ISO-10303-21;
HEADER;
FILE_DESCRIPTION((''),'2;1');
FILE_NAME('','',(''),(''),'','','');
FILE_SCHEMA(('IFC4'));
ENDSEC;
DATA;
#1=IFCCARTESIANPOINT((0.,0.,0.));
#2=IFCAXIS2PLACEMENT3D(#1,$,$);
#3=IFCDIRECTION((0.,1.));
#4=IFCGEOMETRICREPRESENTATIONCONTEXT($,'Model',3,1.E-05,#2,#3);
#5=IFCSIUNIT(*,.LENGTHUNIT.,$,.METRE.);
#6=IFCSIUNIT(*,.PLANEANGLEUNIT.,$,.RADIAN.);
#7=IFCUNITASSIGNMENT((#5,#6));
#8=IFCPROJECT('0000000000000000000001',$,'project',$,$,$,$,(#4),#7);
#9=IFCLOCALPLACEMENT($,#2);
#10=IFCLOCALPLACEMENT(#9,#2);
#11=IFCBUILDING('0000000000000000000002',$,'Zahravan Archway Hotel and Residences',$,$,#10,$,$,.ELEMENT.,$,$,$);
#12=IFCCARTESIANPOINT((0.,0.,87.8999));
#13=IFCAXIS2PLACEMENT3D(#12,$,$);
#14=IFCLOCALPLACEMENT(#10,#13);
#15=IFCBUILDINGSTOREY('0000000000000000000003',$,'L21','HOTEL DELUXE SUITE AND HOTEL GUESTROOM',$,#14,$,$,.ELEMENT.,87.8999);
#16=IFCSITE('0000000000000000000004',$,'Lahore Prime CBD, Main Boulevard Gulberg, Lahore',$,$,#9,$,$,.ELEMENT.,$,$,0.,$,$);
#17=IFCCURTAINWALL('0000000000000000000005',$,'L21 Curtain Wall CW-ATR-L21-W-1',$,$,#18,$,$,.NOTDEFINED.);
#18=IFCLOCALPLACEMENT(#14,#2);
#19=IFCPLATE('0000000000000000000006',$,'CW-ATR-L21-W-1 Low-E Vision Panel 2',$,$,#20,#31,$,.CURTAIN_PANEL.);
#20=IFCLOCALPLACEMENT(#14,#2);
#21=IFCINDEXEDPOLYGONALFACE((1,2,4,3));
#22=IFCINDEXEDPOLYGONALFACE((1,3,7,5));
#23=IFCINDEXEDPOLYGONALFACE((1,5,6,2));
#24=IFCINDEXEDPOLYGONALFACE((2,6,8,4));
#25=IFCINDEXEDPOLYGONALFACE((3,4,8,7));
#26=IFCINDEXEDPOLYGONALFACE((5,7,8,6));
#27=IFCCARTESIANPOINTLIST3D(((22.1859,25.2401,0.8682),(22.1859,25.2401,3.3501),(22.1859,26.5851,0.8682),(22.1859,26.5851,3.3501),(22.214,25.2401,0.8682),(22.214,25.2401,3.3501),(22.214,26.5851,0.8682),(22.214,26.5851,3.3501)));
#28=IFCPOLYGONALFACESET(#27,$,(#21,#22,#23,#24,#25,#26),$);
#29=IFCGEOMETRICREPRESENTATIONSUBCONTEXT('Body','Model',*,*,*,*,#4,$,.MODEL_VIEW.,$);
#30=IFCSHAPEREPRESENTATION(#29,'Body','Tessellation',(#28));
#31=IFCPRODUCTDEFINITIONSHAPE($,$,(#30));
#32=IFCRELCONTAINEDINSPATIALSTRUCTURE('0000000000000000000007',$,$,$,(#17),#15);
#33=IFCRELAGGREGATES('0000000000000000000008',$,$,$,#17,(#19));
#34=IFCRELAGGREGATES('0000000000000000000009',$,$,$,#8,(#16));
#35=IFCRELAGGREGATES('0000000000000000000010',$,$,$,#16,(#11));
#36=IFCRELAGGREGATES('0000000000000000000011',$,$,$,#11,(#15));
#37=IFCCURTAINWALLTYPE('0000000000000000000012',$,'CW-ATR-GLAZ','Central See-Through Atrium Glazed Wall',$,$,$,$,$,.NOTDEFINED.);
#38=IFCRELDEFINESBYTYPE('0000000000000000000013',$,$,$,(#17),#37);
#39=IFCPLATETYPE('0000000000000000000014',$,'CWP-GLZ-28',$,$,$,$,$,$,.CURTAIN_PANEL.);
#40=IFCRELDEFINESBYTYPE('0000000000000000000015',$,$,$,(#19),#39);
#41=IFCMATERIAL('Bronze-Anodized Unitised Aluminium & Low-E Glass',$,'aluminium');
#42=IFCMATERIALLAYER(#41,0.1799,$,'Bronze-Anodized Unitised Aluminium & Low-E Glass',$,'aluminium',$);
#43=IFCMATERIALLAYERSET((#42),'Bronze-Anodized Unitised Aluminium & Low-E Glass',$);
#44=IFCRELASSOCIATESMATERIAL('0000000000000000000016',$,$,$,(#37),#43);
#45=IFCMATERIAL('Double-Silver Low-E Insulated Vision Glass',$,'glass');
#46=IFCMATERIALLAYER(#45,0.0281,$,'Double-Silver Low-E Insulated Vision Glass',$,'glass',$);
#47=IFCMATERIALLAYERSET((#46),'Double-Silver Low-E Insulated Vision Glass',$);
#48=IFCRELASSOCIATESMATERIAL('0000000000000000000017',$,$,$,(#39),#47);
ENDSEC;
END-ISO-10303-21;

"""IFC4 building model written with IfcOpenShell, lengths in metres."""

from ifc_helpers import new_model, si_unit, direction, frame, origin, origin_2d, place, context, subcontext, project, spatial, rectangle, extrude, source, transform, mapped, material, layer, layer_set, type_object, element, aggregate, save


model = new_model("IFC4")

# Units and contexts
model_context = context("Model", 3, precision=1e-05, world=origin(), true_north=direction((0.0, 1.0)))
body_context = subcontext(model_context, "Body", "Model", "MODEL_VIEW")
ifc_project = project(units=[si_unit("LENGTHUNIT", "METRE"), si_unit("PLANEANGLEUNIT", "RADIAN")], contexts=[model_context])

# Site, building, storey
site_placement = place(None, origin())
site = spatial("IfcSite", under=ifc_project, at=site_placement, Name="Lahore Prime CBD, Main Boulevard Gulberg, Lahore", CompositionType="ELEMENT", RefElevation=0.0)
building_placement = place(site_placement, origin())
building = spatial("IfcBuilding", under=site, at=building_placement, Name="Zahravan Archway Hotel and Residences", CompositionType="ELEMENT")
storey_placement = place(building_placement, frame((0.0, 0.0, 87.8999)))
storey = spatial("IfcBuildingStorey", under=building, at=storey_placement, Name="L21", Description="HOTEL DELUXE SUITE AND HOTEL GUESTROOM", CompositionType="ELEMENT", Elevation=87.8999)

# Curtain wall
ifc_material_1 = material(Name="Bronze-Anodized Unitised Aluminium & Low-E Glass", Category="aluminium")
ifc_layer_1 = layer(ifc_material_1, 0.1799, Name="Bronze-Anodized Unitised Aluminium & Low-E Glass", Category="aluminium")
ifc_layer_set_1 = layer_set([ifc_layer_1], Name="Bronze-Anodized Unitised Aluminium & Low-E Glass")
curtain_wall_type = type_object("IfcCurtainWallType", Name="CW-ATR-GLAZ", Description="Central See-Through Atrium Glazed Wall", PredefinedType="NOTDEFINED", material=ifc_layer_set_1)
curtain_wall_1_placement = place(storey_placement, origin())
curtain_wall_1 = element("IfcCurtainWall", 1, at=curtain_wall_1_placement, inside=storey, type_object=curtain_wall_type, Name="L21 Curtain Wall CW-ATR-L21-W-1", PredefinedType="NOTDEFINED")

# Plate
ifc_material_2 = material(Name="Double-Silver Low-E Insulated Vision Glass", Category="glass")
ifc_layer_2 = layer(ifc_material_2, 0.0281, Name="Double-Silver Low-E Insulated Vision Glass", Category="glass")
ifc_layer_set_2 = layer_set([ifc_layer_2], Name="Double-Silver Low-E Insulated Vision Glass")
plate_type_1 = type_object("IfcPlateType", Name="CWP-GLZ-28", PredefinedType="CURTAIN_PANEL", material=ifc_layer_set_2)
shared_shape_1 = source(origin(), body_context, "Body", "SweptSolid", [
    extrude(rectangle(XDim=1.345, YDim=0.0281, at=origin_2d()), origin(), (0.0, 0.0, 1.0), 2.4819),
])
plate_1_placement = place(storey_placement, frame((22.2, 25.9126, 0.8682), z_axis=(0.0, 0.0, 1.0), x_axis=(0.0, 1.0, 0.0)))
plate_1 = element("IfcPlate", 2, at=plate_1_placement, type_object=plate_type_1, Name="CW-ATR-L21-W-1 Low-E Vision Panel 2", PredefinedType="CURTAIN_PANEL", context=body_context, shape_type="MappedRepresentation", body=[
    mapped(shared_shape_1, transform((0.0, 0.0, 0.0), scale=1.0)),
])
aggregate(curtain_wall_1, [plate_1])

save(model, "model.ifc")
